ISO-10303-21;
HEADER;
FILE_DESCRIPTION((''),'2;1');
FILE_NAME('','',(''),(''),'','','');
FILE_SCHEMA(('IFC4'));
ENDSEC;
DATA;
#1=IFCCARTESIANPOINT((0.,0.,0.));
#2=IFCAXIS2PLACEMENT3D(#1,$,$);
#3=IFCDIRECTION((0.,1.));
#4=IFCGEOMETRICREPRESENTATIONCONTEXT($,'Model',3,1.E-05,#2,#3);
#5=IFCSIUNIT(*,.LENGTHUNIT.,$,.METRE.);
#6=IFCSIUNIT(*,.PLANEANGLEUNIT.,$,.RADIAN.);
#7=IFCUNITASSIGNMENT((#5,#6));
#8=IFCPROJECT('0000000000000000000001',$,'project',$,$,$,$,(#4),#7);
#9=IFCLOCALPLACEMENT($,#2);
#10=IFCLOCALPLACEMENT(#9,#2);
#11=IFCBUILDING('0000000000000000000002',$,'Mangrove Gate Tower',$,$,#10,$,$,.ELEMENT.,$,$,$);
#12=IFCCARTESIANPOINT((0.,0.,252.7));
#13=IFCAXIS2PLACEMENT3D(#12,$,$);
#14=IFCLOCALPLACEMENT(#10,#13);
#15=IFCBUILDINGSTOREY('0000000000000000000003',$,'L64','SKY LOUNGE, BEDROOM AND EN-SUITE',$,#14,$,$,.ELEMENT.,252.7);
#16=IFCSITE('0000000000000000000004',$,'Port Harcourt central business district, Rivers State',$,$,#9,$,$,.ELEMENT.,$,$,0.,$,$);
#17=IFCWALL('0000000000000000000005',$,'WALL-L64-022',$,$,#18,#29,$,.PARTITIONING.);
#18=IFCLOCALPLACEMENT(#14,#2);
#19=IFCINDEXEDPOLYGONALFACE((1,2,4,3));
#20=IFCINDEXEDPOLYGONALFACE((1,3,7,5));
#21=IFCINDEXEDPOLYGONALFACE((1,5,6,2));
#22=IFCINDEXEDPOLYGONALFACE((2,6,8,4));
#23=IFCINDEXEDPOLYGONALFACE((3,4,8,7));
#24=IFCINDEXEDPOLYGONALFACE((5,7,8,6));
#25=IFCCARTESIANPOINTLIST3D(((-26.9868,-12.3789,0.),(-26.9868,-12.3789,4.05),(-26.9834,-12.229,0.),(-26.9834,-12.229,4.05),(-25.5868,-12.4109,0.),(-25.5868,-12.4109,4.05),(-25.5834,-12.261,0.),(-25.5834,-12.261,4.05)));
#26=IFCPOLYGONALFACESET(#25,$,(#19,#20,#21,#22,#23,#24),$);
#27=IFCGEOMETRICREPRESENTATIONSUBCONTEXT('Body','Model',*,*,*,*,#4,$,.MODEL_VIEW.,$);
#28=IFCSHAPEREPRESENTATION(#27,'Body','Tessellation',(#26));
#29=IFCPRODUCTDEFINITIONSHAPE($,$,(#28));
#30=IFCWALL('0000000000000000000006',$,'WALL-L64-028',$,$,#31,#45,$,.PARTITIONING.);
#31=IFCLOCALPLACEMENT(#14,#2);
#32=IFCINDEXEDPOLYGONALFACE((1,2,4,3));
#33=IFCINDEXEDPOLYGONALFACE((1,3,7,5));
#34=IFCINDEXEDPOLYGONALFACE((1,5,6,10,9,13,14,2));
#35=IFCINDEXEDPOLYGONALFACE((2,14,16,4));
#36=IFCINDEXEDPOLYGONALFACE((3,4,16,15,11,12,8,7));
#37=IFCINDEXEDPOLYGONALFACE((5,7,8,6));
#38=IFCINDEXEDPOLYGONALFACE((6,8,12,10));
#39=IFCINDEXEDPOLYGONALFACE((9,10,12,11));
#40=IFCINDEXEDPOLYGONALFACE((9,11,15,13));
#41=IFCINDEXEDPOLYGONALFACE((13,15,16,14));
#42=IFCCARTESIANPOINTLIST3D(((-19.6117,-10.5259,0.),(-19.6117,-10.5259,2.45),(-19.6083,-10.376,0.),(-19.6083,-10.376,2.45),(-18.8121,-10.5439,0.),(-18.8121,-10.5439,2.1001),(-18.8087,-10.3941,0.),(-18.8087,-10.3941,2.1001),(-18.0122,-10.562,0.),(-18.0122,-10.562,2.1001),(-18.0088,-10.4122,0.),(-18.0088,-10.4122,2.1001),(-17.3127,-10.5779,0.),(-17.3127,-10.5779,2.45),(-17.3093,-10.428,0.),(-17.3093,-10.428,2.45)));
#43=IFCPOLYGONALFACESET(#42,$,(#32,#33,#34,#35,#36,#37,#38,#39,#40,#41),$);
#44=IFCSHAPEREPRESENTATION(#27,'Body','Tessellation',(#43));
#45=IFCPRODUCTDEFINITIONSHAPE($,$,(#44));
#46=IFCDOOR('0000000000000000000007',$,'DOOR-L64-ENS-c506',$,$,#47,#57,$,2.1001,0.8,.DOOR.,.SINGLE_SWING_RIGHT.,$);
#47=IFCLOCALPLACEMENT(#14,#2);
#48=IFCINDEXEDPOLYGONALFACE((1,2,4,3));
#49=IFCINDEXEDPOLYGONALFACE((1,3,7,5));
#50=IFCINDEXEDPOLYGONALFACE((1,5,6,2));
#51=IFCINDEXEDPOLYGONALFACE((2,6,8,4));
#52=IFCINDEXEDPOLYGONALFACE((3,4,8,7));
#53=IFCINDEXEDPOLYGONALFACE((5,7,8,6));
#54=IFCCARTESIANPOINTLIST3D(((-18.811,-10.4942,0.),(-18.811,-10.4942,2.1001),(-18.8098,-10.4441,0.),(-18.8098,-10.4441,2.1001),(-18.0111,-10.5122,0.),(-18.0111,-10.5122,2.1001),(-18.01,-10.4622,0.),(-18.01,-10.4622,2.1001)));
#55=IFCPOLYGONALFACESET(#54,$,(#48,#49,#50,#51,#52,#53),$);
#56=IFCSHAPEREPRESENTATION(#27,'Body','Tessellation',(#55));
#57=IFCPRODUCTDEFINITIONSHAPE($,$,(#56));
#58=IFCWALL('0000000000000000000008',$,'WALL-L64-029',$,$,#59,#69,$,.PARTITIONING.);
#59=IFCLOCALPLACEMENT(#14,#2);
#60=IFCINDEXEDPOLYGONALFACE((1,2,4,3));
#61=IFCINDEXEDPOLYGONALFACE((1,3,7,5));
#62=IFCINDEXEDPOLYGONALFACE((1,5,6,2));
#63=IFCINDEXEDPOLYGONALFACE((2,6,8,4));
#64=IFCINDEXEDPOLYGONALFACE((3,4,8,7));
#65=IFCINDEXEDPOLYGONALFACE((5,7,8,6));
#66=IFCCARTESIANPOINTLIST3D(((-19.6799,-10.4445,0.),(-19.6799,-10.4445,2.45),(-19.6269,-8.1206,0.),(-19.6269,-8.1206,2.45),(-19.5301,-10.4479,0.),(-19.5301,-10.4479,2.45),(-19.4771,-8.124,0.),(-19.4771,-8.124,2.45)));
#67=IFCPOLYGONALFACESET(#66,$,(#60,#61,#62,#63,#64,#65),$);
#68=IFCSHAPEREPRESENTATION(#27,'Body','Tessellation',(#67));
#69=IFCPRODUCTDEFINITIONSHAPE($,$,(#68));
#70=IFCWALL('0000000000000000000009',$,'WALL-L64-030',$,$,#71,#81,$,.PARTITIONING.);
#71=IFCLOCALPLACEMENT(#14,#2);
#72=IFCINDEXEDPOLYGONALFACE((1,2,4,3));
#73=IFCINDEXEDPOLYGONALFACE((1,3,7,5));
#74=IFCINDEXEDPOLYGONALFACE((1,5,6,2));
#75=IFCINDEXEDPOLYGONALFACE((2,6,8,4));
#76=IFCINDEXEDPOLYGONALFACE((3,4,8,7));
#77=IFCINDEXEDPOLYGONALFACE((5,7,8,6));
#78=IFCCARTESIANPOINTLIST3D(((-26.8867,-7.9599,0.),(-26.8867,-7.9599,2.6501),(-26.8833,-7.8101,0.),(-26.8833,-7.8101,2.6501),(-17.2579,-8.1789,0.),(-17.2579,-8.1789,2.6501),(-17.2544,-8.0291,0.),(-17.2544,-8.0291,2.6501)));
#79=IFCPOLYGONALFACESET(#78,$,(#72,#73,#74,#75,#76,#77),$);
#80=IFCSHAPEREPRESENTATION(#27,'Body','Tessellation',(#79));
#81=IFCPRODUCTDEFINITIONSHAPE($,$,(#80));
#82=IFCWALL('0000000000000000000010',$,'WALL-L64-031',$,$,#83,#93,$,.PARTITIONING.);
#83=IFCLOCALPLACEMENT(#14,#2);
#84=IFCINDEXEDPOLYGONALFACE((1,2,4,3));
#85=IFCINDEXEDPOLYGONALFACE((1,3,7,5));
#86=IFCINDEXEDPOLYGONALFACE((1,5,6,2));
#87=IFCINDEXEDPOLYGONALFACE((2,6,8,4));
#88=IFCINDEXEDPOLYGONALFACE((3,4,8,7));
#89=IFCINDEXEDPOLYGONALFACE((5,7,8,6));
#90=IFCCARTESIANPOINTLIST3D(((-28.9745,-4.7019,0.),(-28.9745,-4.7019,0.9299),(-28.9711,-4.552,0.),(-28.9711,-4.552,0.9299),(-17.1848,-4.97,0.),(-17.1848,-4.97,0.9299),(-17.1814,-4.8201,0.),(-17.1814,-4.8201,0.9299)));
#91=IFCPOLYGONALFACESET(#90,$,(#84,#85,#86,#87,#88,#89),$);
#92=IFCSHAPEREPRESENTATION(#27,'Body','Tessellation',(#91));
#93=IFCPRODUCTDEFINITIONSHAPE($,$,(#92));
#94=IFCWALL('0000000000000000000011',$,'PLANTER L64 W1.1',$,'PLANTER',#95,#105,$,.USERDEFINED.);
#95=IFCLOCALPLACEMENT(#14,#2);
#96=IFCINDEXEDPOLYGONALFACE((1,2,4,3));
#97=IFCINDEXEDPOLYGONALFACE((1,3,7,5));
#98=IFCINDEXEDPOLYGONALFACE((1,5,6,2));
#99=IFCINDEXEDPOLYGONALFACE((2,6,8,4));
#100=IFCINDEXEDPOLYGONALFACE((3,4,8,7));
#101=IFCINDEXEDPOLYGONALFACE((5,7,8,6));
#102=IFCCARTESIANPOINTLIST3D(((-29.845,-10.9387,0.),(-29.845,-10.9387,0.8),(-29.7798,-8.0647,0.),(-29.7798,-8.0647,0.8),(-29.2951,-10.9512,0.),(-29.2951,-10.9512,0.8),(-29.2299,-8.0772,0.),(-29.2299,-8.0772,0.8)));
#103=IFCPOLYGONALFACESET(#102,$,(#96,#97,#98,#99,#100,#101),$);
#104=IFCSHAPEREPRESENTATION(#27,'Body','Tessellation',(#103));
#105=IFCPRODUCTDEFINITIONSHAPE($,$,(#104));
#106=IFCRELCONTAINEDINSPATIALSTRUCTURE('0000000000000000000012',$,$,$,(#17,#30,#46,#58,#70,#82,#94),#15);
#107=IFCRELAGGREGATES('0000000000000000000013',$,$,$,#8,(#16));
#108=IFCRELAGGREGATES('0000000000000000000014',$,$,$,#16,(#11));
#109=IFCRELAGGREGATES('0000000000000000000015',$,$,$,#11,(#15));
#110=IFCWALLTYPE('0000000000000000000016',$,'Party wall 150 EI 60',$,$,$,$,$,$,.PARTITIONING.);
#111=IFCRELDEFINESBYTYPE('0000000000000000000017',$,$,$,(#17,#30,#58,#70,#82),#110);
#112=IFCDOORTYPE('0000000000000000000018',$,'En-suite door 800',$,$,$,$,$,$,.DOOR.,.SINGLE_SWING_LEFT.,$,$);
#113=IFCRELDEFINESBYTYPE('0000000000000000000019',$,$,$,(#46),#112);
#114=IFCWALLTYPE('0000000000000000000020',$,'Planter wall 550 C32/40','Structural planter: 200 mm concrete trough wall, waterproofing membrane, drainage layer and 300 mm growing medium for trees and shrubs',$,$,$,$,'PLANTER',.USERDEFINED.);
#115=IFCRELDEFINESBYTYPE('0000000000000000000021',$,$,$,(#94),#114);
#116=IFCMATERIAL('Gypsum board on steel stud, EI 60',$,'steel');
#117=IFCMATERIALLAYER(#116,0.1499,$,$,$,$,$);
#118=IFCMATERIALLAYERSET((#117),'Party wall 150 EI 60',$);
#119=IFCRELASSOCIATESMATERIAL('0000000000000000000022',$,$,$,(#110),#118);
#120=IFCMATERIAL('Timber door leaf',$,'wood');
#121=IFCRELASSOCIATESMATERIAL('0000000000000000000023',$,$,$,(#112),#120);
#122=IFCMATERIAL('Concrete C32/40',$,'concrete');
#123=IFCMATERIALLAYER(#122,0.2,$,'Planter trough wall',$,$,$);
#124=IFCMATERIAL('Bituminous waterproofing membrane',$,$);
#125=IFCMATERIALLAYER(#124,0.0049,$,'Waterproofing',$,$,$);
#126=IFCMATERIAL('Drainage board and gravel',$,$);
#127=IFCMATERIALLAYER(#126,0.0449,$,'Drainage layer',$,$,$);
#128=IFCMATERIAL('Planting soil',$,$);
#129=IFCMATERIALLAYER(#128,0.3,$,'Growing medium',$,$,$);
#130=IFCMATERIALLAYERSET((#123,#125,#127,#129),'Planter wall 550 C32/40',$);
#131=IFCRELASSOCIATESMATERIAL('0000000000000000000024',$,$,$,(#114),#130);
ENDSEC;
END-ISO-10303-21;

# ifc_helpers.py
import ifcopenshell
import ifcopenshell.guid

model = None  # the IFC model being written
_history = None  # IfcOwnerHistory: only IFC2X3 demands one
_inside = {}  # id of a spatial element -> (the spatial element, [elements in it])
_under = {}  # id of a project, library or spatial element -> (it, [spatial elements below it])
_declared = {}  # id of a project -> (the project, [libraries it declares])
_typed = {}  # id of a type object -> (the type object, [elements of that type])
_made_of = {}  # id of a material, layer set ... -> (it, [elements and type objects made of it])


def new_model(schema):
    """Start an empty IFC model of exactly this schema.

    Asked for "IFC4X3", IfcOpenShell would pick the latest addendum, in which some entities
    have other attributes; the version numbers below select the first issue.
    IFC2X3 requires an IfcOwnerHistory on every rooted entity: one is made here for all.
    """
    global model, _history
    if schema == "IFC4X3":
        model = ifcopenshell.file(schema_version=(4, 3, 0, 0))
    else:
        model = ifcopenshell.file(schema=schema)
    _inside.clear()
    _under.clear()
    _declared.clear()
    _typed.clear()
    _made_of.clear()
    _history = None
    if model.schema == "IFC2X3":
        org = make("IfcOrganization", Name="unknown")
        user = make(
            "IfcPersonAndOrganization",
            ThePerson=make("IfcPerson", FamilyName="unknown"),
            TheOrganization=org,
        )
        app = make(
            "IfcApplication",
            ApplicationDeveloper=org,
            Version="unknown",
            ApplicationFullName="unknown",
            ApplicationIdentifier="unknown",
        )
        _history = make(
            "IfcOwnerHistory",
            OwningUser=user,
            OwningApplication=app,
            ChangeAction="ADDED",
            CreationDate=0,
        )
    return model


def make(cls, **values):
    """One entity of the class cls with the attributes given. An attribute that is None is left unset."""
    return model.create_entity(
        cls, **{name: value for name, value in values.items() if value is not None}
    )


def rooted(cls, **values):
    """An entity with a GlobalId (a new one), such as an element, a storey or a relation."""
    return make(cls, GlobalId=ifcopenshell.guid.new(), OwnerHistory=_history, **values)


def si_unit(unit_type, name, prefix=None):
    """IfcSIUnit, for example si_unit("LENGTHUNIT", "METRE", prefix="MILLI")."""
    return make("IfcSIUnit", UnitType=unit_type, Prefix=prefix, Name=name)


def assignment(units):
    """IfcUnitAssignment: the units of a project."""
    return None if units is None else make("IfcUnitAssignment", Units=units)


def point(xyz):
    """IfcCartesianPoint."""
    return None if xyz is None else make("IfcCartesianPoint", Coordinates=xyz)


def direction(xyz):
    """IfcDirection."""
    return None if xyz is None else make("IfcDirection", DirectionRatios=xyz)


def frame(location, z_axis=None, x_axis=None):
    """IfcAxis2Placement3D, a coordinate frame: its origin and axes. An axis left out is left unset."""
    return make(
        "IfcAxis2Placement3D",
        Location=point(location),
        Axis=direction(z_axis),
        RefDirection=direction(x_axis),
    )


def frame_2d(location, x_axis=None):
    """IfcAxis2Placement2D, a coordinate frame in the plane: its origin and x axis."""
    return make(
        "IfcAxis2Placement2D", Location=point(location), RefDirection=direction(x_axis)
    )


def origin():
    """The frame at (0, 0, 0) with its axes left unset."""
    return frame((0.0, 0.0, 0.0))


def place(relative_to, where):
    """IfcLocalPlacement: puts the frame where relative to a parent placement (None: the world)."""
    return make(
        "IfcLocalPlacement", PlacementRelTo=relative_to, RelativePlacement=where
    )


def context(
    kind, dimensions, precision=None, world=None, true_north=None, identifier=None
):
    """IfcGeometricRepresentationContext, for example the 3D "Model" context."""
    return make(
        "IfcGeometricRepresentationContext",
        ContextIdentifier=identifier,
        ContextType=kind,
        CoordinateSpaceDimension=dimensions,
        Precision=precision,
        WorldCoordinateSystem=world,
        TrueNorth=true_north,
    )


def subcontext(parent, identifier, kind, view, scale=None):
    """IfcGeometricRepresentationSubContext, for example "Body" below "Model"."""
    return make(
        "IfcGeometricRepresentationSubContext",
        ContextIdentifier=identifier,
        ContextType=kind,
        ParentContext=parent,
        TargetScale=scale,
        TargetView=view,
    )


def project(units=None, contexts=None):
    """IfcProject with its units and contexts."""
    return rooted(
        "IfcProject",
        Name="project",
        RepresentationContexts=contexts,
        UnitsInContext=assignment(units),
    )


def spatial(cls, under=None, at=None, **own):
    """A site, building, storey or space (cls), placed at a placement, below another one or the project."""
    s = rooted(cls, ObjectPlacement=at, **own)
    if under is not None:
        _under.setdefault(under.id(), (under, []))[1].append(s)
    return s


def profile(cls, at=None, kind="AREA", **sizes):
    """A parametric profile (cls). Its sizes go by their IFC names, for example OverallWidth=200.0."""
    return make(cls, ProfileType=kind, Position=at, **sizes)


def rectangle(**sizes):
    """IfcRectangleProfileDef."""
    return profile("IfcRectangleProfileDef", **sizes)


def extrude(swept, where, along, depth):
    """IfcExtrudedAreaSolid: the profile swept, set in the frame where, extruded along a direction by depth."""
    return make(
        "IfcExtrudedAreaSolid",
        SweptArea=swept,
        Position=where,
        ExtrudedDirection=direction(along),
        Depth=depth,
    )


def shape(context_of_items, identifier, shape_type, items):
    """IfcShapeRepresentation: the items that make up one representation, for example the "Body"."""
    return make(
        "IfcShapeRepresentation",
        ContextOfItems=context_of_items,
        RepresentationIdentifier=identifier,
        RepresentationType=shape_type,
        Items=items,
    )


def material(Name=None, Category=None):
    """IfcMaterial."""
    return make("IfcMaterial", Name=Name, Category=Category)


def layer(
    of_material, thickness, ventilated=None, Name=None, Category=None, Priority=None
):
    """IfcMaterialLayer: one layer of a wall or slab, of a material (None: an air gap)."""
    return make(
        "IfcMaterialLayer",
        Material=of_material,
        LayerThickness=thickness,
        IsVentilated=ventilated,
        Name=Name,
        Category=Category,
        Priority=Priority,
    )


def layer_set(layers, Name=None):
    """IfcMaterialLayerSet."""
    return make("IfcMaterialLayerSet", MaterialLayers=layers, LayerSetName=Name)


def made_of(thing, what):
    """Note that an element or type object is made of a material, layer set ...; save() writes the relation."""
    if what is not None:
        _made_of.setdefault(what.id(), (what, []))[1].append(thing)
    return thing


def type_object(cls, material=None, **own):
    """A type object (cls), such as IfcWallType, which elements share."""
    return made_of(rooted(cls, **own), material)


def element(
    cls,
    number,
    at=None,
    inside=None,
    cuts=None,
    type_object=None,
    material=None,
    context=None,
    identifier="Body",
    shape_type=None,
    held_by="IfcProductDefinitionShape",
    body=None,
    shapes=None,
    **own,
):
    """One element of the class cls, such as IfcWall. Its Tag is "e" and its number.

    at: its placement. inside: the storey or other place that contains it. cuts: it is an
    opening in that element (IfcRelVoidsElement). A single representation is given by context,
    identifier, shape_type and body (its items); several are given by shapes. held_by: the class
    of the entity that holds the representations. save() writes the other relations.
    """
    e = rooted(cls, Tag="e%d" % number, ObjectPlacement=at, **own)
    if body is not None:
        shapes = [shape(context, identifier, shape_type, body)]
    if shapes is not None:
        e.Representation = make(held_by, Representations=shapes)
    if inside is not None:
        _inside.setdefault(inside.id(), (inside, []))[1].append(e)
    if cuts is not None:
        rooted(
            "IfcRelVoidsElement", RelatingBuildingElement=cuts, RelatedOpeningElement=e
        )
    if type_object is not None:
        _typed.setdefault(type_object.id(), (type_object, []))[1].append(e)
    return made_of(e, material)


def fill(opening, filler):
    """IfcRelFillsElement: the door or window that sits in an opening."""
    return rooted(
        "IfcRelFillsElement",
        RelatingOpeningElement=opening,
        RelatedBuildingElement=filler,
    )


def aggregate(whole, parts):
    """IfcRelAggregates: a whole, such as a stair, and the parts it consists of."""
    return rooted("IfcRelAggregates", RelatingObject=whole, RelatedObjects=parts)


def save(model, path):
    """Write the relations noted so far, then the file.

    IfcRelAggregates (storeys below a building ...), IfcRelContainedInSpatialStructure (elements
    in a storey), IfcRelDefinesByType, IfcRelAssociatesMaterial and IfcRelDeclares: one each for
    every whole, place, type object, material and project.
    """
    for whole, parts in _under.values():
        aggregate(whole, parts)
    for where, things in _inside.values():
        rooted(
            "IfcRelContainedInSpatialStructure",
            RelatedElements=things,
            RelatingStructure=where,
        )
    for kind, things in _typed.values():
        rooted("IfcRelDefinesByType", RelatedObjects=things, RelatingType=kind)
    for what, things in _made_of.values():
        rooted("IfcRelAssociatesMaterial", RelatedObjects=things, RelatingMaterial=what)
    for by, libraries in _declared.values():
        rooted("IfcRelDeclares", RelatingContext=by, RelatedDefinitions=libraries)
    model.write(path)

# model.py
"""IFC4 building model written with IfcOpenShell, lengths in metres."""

from ifc_helpers import new_model, si_unit, direction, frame, frame_2d, origin, place, context, subcontext, project, spatial, rectangle, extrude, material, layer, layer_set, type_object, element, fill, save


model = new_model("IFC4")

# Units and contexts
model_context = context("Model", 3, precision=1e-05, world=origin(), true_north=direction((0.0, 1.0)))
body_context = subcontext(model_context, "Body", "Model", "MODEL_VIEW")
ifc_project = project(units=[si_unit("LENGTHUNIT", "METRE"), si_unit("PLANEANGLEUNIT", "RADIAN")], contexts=[model_context])

# Site, building, storey
site_placement = place(None, origin())
site = spatial("IfcSite", under=ifc_project, at=site_placement, Name="Port Harcourt central business district, Rivers State", CompositionType="ELEMENT", RefElevation=0.0)
building_placement = place(site_placement, origin())
building = spatial("IfcBuilding", under=site, at=building_placement, Name="Mangrove Gate Tower", CompositionType="ELEMENT")
storey_placement = place(building_placement, frame((0.0, 0.0, 252.7)))
storey = spatial("IfcBuildingStorey", under=building, at=storey_placement, Name="L64", Description="SKY LOUNGE, BEDROOM AND EN-SUITE", CompositionType="ELEMENT", Elevation=252.7)

# Wall
ifc_material_1 = material(Name="Gypsum board on steel stud, EI 60", Category="steel")
ifc_layer_1 = layer(ifc_material_1, 0.1499)
ifc_layer_set_1 = layer_set([ifc_layer_1], Name="Party wall 150 EI 60")
wall_type_1 = type_object("IfcWallType", Name="Party wall 150 EI 60", PredefinedType="PARTITIONING", material=ifc_layer_set_1)
wall_1_placement = place(storey_placement, frame((-26.9851, -12.304, 0.0), z_axis=(0.0, 0.0, 1.0), x_axis=(0.999739, -0.022836, 0.0)))
element("IfcWall", 1, at=wall_1_placement, inside=storey, type_object=wall_type_1, Name="WALL-L64-022", PredefinedType="PARTITIONING", context=body_context, shape_type="SweptSolid", body=[
    extrude(rectangle(XDim=1.4004, YDim=0.1499, at=frame_2d((0.7002, 0.0))), origin(), (0.0, 0.0, 1.0), 4.05),
])

# Wall, opening, door
wall_2_placement = place(storey_placement, frame((-19.6101, -10.4509, 0.0), z_axis=(0.0, 0.0, 1.0), x_axis=(0.999744, -0.022613, 0.0)))
wall_2 = element("IfcWall", 2, at=wall_2_placement, inside=storey, type_object=wall_type_1, Name="WALL-L64-028", PredefinedType="PARTITIONING", context=body_context, shape_type="SweptSolid", body=[
    extrude(rectangle(XDim=2.2996, YDim=0.1499, at=frame_2d((1.1499, 0.0))), origin(), (0.0, 0.0, 1.0), 2.45),
])
opening_1_placement = place(wall_2_placement, frame((0.8, 0.0, 0.0)))
opening_1 = element("IfcOpeningElement", 3, at=opening_1_placement, cuts=wall_2, PredefinedType="OPENING", context=body_context, shape_type="SweptSolid", body=[
    extrude(rectangle(XDim=0.8, YDim=2.1001, at=frame_2d((0.3999, 1.05))), frame((0.0, 0.085, 0.0), z_axis=(0.0, -1.0, 0.0), x_axis=(1.0, 0.0, 0.0)), (0.0, 0.0, 1.0), 0.1699),
])
ifc_material_2 = material(Name="Timber door leaf", Category="wood")
door_type_1 = type_object("IfcDoorType", Name="En-suite door 800", OperationType="SINGLE_SWING_LEFT", PredefinedType="DOOR", material=ifc_material_2)
door_1_placement = place(opening_1_placement, origin())
door_1 = element("IfcDoor", 4, at=door_1_placement, inside=storey, type_object=door_type_1, Name="DOOR-L64-ENS-c506", OperationType="SINGLE_SWING_RIGHT", OverallHeight=2.1001, OverallWidth=0.8, PredefinedType="DOOR", context=body_context, shape_type="SweptSolid", body=[
    extrude(rectangle(XDim=0.8, YDim=2.1001, at=frame_2d((0.3999, 1.05))), frame((0.0, 0.0249, 0.0), z_axis=(0.0, -1.0, 0.0), x_axis=(1.0, 0.0, 0.0)), (0.0, 0.0, 1.0), 0.05),
])
fill(opening_1, door_1)

# Walls
wall_3_placement = place(storey_placement, frame((-19.605, -10.446, 0.0), z_axis=(0.0, 0.0, 1.0), x_axis=(0.022791, 0.99974, 0.0)))
element("IfcWall", 5, at=wall_3_placement, inside=storey, type_object=wall_type_1, Name="WALL-L64-029", PredefinedType="PARTITIONING", context=body_context, shape_type="SweptSolid", body=[
    extrude(rectangle(XDim=2.3245, YDim=0.1499, at=frame_2d((1.1621, 0.0))), origin(), (0.0, 0.0, 1.0), 2.45),
])
wall_4_placement = place(storey_placement, frame((-26.885, -7.885, 0.0), z_axis=(0.0, 0.0, 1.0), x_axis=(0.999741, -0.022738, 0.0)))
element("IfcWall", 6, at=wall_4_placement, inside=storey, type_object=wall_type_1, Name="WALL-L64-030", PredefinedType="PARTITIONING", context=body_context, shape_type="SweptSolid", body=[
    extrude(rectangle(XDim=9.6313, YDim=0.1499, at=frame_2d((4.8157, 0.0))), origin(), (0.0, 0.0, 1.0), 2.6501),
])
wall_5_placement = place(storey_placement, frame((-28.9729, -4.627, 0.0), z_axis=(0.0, 0.0, 1.0), x_axis=(0.999742, -0.022731, 0.0)))
element("IfcWall", 7, at=wall_5_placement, inside=storey, type_object=wall_type_1, Name="WALL-L64-031", PredefinedType="PARTITIONING", context=body_context, shape_type="SweptSolid", body=[
    extrude(rectangle(XDim=11.7927, YDim=0.1499, at=frame_2d((5.8965, 0.0))), origin(), (0.0, 0.0, 1.0), 0.9299),
])
ifc_material_3 = material(Name="Concrete C32/40", Category="concrete")
ifc_layer_2 = layer(ifc_material_3, 0.2, Name="Planter trough wall")
ifc_material_4 = material(Name="Bituminous waterproofing membrane")
ifc_layer_3 = layer(ifc_material_4, 0.0049, Name="Waterproofing")
ifc_material_5 = material(Name="Drainage board and gravel")
ifc_layer_4 = layer(ifc_material_5, 0.0449, Name="Drainage layer")
ifc_material_6 = material(Name="Planting soil")
ifc_layer_5 = layer(ifc_material_6, 0.3, Name="Growing medium")
ifc_layer_set_2 = layer_set([ifc_layer_2, ifc_layer_3, ifc_layer_4, ifc_layer_5], Name="Planter wall 550 C32/40")
wall_type_2 = type_object("IfcWallType", Name="Planter wall 550 C32/40", Description="Structural planter: 200 mm concrete trough wall, waterproofing membrane, drainage layer and 300 mm growing medium for trees and shrubs", ElementType="PLANTER", PredefinedType="USERDEFINED", material=ifc_layer_set_2)
wall_6_placement = place(storey_placement, frame((-29.5701, -10.9451, 0.0), z_axis=(0.0, 0.0, 1.0), x_axis=(0.022675, 0.999743, 0.0)))
element("IfcWall", 8, at=wall_6_placement, inside=storey, type_object=wall_type_2, Name="PLANTER L64 W1.1", ObjectType="PLANTER", PredefinedType="USERDEFINED", context=body_context, shape_type="SweptSolid", body=[
    extrude(rectangle(XDim=2.8748, YDim=0.55, at=frame_2d((1.4375, 0.0))), origin(), (0.0, 0.0, 1.0), 0.8),
])

save(model, "model.ifc")
